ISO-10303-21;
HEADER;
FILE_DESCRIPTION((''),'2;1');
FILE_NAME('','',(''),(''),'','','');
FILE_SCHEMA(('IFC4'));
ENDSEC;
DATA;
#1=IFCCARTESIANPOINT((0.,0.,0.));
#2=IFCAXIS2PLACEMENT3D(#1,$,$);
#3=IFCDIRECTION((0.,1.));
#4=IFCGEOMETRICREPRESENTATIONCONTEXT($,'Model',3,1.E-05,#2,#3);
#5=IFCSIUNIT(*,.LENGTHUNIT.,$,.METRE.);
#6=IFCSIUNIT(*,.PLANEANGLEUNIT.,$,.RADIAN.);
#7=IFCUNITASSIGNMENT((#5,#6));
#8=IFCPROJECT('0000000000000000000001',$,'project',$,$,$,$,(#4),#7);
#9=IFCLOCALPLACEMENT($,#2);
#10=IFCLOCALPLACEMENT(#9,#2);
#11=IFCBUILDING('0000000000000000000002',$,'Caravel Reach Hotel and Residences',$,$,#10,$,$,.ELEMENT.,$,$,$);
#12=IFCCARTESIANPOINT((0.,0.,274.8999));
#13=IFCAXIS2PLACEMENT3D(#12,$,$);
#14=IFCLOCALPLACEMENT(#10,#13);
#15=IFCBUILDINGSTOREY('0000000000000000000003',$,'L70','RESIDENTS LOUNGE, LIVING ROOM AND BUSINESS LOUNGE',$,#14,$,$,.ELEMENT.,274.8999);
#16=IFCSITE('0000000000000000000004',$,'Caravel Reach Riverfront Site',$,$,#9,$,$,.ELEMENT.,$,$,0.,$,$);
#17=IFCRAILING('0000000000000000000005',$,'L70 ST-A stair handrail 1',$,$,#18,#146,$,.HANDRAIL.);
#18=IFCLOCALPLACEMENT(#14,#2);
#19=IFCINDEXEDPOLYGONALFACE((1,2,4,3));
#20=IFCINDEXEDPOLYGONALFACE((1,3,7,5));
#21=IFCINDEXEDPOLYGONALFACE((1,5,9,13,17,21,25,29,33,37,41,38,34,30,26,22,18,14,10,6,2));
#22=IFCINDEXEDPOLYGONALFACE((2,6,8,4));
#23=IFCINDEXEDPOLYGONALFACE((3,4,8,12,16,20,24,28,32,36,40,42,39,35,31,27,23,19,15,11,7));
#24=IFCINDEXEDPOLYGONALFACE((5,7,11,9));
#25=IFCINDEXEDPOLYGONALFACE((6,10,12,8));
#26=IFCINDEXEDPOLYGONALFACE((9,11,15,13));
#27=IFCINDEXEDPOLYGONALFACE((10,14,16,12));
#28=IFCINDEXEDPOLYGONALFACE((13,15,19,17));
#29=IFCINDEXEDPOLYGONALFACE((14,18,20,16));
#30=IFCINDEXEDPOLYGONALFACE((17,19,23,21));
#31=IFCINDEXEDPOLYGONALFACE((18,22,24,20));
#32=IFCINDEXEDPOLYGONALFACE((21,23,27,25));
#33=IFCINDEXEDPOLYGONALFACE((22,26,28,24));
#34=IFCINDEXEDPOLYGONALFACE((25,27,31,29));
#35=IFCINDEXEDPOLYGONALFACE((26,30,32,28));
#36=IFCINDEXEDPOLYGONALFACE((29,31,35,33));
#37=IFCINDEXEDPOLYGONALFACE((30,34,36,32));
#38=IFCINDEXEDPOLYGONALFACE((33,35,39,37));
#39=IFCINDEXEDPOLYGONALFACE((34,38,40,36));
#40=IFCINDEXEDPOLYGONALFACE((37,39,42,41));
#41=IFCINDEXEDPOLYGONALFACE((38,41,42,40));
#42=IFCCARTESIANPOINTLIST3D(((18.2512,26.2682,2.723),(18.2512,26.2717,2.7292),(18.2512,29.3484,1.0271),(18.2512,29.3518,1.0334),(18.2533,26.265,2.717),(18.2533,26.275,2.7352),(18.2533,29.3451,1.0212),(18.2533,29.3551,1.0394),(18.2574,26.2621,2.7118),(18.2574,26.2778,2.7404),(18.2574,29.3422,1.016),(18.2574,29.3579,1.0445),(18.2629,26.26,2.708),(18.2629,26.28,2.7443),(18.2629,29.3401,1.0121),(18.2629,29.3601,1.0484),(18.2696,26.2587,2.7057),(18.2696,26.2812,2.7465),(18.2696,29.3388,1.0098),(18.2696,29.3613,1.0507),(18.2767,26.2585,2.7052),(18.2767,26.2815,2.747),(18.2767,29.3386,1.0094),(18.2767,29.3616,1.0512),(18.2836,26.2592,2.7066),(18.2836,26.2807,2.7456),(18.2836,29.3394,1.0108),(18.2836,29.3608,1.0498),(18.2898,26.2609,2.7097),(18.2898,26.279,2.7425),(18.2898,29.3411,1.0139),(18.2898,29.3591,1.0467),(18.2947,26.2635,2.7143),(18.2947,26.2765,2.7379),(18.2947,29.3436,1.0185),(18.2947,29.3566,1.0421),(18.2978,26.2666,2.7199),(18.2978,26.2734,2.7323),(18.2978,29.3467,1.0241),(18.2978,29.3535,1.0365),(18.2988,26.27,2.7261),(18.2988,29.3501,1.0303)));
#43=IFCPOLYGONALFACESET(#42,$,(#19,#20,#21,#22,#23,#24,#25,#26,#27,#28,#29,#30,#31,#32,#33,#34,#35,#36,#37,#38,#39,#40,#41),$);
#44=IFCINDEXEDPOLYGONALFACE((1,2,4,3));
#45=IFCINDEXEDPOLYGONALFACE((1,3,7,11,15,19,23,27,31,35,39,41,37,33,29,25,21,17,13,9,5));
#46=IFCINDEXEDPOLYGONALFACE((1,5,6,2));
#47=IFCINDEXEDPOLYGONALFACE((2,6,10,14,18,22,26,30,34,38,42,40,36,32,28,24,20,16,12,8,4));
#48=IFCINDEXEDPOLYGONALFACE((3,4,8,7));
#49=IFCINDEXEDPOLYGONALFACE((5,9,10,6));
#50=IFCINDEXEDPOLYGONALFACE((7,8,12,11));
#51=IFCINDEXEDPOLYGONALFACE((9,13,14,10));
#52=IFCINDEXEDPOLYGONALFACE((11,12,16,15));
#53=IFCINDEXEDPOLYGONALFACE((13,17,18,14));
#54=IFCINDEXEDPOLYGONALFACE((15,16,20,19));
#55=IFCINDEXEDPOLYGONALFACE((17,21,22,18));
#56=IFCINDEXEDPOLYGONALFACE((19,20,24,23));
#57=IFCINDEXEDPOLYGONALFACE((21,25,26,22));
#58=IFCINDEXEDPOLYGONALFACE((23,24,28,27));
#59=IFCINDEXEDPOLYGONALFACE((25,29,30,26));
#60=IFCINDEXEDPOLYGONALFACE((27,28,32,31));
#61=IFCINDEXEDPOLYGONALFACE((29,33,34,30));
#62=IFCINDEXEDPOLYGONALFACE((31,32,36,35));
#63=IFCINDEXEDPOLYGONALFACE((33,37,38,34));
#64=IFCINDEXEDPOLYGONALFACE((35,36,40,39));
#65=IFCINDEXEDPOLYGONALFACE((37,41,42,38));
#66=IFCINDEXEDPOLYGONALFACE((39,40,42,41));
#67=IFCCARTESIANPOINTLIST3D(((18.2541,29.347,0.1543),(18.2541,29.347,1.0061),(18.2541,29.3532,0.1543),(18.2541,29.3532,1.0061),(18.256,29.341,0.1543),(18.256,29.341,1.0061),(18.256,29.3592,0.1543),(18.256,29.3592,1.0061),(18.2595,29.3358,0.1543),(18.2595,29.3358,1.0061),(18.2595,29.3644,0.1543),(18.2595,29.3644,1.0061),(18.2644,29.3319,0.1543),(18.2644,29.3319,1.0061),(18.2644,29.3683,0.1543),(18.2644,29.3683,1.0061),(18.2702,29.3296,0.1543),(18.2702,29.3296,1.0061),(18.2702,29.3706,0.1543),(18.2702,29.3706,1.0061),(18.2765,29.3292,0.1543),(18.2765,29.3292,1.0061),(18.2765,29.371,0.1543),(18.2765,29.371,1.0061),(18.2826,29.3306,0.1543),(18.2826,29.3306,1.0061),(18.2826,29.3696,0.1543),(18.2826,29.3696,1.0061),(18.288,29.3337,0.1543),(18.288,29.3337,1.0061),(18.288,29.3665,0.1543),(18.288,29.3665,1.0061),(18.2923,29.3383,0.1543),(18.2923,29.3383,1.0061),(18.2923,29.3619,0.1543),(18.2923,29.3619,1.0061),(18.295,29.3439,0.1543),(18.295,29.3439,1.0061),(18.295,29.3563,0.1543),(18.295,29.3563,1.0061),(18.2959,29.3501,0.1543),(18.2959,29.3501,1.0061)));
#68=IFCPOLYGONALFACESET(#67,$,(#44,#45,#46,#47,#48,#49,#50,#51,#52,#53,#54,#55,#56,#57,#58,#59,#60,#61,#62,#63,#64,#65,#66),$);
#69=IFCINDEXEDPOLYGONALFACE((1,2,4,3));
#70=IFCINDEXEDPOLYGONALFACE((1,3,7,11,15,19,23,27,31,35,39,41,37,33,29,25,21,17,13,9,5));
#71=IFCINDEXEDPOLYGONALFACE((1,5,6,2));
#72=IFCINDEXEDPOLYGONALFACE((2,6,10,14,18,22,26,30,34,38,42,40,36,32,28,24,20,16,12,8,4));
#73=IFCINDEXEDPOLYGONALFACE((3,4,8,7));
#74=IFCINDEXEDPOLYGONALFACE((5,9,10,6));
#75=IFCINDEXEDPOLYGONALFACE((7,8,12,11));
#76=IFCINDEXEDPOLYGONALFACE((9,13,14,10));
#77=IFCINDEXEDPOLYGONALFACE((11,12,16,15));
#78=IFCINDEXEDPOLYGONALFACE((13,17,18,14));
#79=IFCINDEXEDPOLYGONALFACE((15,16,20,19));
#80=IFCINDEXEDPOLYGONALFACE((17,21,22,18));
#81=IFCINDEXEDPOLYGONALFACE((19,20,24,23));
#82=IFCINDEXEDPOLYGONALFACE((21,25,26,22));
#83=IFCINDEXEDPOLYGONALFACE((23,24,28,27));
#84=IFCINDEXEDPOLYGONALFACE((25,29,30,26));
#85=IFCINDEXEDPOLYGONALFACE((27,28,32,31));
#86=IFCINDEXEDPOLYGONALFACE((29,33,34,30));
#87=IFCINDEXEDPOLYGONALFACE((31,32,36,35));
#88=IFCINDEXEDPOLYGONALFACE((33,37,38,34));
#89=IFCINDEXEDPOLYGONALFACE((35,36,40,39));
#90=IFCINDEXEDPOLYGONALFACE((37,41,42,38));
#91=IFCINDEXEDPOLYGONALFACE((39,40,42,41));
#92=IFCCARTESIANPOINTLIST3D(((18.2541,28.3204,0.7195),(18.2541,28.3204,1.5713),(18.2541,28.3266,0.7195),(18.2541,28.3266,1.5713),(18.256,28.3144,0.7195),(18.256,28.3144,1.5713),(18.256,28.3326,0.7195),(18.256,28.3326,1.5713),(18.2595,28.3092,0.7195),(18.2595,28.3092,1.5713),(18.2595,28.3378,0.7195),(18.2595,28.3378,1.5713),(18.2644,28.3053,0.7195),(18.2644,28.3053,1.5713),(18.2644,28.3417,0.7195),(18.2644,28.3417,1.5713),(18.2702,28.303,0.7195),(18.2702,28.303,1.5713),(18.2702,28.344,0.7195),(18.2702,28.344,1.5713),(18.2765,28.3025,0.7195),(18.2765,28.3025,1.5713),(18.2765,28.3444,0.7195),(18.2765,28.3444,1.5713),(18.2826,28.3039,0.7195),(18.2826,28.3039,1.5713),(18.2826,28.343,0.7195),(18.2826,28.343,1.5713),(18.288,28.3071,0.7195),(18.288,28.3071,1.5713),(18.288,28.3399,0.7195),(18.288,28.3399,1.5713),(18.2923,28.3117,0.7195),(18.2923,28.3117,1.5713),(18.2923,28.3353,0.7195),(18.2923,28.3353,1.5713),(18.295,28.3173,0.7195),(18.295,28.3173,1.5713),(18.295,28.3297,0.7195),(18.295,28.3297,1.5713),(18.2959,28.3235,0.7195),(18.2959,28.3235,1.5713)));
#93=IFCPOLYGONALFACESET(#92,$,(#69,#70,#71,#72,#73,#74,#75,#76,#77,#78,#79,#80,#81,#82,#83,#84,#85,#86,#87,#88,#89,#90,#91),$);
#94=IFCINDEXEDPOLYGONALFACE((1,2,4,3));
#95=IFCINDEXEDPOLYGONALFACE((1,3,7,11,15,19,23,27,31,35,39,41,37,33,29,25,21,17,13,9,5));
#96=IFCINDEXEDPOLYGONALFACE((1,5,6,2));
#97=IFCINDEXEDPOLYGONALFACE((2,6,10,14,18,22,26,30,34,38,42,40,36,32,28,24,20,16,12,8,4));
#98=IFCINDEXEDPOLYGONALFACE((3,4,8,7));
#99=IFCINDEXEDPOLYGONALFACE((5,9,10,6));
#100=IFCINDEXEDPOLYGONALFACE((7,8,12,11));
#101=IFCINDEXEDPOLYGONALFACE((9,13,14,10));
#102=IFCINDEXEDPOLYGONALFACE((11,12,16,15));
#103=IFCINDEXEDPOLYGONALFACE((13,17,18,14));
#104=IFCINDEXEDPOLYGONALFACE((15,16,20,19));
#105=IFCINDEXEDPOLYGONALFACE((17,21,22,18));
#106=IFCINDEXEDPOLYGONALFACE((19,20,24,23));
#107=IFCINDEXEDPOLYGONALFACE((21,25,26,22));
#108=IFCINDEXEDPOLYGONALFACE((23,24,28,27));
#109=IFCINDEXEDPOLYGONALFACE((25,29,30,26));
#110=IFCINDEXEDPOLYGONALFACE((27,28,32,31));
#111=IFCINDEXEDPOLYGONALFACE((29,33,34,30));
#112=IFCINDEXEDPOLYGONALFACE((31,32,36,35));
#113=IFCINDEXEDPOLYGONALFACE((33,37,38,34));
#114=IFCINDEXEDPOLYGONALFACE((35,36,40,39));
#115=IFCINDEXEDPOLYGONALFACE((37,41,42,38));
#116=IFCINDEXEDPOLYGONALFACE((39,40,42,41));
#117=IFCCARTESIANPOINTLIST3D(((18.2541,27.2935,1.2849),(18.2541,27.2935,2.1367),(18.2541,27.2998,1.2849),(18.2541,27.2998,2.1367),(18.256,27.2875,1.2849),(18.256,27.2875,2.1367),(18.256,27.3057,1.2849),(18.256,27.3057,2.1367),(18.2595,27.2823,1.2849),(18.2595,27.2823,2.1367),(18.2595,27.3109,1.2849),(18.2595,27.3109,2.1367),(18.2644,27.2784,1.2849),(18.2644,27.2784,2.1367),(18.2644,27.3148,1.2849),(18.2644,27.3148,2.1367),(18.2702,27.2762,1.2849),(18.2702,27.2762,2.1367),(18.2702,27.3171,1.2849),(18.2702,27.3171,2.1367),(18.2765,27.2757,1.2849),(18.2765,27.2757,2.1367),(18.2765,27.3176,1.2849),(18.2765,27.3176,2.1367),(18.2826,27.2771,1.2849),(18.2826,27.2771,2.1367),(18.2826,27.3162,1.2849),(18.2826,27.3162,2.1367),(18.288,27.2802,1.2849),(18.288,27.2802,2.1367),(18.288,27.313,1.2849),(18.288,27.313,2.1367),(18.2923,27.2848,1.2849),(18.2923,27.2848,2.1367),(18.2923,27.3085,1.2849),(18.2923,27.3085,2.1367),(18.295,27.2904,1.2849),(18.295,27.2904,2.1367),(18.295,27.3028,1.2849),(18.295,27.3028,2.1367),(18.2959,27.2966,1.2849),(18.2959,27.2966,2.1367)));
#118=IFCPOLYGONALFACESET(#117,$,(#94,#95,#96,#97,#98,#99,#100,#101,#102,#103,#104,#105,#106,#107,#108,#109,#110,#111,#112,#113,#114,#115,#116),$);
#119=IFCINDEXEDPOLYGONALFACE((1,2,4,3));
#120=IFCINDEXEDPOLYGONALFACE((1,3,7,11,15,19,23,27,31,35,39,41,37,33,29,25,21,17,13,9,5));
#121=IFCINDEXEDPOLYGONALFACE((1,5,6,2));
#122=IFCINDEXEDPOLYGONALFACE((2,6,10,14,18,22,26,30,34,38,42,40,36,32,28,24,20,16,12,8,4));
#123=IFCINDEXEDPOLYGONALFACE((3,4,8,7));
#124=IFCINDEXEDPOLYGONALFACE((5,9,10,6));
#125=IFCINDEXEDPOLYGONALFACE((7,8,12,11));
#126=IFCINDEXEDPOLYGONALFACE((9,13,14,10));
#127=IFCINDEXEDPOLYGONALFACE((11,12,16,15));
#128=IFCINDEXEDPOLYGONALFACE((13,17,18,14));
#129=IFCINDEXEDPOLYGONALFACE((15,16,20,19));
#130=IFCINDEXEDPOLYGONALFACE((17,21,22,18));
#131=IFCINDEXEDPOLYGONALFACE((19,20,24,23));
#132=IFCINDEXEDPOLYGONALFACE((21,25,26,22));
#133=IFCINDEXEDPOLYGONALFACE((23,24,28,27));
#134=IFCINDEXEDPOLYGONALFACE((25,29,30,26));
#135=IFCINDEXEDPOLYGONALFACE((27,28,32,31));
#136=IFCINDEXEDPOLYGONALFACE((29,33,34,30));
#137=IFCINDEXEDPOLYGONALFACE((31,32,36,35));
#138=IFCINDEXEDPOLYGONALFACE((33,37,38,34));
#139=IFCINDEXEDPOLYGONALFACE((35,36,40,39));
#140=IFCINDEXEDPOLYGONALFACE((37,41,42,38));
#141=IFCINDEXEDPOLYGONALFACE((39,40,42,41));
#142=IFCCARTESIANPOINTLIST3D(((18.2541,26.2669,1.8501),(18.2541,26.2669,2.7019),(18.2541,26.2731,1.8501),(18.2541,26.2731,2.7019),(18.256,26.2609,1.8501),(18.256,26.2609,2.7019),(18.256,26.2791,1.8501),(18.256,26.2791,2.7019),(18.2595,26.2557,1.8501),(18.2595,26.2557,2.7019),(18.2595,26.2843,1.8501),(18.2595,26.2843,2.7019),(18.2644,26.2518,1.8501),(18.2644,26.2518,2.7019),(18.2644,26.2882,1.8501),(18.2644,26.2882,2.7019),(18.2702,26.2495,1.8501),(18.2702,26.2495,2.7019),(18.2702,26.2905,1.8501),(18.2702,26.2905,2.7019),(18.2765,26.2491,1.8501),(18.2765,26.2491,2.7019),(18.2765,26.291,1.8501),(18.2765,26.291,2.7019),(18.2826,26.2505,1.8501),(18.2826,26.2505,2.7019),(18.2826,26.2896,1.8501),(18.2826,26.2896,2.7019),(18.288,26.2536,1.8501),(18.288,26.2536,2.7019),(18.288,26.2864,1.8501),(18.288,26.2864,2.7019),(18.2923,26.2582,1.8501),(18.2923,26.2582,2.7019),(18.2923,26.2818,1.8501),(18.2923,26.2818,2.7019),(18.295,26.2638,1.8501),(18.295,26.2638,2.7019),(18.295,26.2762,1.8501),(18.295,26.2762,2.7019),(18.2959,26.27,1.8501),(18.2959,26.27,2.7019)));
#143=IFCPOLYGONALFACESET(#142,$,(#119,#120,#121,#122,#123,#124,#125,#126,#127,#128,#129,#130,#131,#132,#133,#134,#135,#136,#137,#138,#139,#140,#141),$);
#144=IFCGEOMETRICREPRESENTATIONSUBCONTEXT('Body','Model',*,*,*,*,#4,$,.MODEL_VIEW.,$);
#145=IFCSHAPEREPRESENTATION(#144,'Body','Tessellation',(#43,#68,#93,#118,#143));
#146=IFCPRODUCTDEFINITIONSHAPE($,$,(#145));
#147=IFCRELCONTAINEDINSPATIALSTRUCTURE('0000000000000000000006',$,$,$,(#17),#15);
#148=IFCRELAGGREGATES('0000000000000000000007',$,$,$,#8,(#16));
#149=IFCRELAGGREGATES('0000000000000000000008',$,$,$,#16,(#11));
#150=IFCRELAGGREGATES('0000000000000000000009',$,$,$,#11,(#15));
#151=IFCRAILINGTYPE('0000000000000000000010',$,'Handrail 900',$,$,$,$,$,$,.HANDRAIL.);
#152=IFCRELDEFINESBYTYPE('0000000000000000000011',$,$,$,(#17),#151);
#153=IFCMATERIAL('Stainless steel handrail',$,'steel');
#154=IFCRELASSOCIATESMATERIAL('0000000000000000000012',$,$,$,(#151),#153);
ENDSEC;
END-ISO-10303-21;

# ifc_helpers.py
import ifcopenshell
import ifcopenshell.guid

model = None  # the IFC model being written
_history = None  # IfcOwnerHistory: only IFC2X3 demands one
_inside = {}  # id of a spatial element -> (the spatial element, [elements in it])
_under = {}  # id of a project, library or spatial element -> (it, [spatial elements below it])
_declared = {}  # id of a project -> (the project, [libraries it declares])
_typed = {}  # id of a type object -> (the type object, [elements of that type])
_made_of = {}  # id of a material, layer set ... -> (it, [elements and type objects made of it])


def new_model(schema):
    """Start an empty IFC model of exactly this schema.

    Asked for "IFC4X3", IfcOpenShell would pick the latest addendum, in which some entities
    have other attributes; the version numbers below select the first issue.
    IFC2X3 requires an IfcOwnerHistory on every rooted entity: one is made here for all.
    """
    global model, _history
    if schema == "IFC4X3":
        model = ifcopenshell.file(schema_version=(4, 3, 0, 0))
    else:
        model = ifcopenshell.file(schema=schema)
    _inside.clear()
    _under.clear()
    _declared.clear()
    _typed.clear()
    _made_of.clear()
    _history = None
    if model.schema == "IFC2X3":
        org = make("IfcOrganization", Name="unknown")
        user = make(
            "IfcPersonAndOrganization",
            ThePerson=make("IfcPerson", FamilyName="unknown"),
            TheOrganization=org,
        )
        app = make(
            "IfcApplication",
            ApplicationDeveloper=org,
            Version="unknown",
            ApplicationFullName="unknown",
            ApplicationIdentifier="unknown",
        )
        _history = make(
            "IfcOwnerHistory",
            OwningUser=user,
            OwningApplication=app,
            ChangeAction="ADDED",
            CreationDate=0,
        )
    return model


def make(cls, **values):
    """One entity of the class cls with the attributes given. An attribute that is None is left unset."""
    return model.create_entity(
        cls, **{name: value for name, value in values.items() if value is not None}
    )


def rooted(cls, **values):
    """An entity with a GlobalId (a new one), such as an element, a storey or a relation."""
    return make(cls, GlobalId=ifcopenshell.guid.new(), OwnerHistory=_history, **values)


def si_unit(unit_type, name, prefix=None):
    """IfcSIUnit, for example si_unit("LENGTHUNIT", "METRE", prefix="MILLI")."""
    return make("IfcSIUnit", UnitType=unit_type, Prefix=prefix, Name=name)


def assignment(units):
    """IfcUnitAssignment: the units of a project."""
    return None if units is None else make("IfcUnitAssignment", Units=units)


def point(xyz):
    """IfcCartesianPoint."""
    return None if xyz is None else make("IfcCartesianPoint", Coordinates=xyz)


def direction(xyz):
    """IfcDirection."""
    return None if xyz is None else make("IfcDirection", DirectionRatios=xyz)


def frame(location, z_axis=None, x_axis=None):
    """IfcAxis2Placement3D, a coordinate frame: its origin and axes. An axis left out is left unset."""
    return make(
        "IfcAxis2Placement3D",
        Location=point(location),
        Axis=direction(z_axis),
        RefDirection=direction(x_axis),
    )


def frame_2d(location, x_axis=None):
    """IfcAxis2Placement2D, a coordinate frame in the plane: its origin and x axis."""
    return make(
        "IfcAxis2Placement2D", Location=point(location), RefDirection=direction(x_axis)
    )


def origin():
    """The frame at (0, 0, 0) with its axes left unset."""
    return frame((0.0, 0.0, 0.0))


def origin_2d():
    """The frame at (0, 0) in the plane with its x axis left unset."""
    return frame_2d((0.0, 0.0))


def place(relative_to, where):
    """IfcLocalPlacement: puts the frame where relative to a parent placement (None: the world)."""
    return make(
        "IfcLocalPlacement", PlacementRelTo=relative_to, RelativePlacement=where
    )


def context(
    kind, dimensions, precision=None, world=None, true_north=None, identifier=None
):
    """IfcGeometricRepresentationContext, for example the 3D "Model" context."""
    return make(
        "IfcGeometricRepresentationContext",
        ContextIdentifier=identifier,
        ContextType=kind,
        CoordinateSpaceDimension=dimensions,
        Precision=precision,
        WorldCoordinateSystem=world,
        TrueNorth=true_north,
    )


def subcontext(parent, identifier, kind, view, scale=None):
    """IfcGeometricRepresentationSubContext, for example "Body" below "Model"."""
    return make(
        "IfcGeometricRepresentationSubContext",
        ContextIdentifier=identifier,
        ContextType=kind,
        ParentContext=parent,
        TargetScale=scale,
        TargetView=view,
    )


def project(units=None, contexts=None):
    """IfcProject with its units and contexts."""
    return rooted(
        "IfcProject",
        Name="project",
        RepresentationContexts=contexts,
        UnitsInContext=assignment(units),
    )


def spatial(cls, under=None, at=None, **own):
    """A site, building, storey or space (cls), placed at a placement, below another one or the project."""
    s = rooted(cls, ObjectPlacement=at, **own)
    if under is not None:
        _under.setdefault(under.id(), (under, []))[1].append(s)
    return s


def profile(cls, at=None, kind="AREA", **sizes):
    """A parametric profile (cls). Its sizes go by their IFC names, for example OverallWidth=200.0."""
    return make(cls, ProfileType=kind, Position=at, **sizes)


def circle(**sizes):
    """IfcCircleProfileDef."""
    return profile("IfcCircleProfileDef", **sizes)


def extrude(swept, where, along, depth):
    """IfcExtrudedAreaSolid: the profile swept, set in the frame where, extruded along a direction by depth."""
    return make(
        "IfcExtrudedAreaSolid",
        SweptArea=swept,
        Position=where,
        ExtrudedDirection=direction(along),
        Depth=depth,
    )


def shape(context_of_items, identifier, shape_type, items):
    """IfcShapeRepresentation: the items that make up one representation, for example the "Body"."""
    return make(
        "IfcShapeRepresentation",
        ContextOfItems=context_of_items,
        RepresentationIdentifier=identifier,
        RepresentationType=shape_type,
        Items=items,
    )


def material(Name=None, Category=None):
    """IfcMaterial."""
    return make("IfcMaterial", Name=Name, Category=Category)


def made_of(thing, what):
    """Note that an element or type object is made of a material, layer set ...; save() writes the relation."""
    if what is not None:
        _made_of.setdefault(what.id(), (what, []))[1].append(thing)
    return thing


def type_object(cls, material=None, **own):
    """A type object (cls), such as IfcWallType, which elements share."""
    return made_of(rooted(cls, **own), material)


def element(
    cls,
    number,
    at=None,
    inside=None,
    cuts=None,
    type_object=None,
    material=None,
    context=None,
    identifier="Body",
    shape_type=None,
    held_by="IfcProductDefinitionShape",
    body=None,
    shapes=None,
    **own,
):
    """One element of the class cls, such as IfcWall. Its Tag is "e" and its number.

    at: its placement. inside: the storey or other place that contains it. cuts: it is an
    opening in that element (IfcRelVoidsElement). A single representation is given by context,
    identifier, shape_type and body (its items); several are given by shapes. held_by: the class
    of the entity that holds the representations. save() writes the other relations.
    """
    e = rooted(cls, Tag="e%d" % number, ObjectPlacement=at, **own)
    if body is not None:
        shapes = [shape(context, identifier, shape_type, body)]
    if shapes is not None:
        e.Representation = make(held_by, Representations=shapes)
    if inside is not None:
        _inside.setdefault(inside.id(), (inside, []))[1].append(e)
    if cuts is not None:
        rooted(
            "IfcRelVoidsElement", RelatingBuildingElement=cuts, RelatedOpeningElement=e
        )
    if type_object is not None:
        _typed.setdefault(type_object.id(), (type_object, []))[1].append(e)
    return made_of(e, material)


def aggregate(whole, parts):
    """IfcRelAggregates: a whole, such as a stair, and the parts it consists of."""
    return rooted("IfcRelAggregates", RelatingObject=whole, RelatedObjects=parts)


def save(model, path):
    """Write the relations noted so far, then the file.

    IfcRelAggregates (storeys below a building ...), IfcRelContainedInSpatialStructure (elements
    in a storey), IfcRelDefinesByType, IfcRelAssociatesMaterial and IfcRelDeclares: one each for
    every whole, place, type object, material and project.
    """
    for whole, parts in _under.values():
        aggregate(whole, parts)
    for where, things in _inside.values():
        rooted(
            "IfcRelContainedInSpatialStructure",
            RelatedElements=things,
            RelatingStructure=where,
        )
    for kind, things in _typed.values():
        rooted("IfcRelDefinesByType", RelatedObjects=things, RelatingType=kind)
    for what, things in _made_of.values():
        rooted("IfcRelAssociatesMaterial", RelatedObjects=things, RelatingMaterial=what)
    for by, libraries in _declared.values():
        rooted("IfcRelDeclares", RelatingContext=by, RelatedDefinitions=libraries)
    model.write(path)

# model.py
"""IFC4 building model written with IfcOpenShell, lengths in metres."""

from ifc_helpers import new_model, si_unit, direction, frame, origin, origin_2d, place, context, subcontext, project, spatial, circle, extrude, material, type_object, element, save


model = new_model("IFC4")

# Units and contexts
model_context = context("Model", 3, precision=1e-05, world=origin(), true_north=direction((0.0, 1.0)))
body_context = subcontext(model_context, "Body", "Model", "MODEL_VIEW")
ifc_project = project(units=[si_unit("LENGTHUNIT", "METRE"), si_unit("PLANEANGLEUNIT", "RADIAN")], contexts=[model_context])

# Site, building, storey
site_placement = place(None, origin())
site = spatial("IfcSite", under=ifc_project, at=site_placement, Name="Caravel Reach Riverfront Site", CompositionType="ELEMENT", RefElevation=0.0)
building_placement = place(site_placement, origin())
building = spatial("IfcBuilding", under=site, at=building_placement, Name="Caravel Reach Hotel and Residences", CompositionType="ELEMENT")
storey_placement = place(building_placement, frame((0.0, 0.0, 274.8999)))
storey = spatial("IfcBuildingStorey", under=building, at=storey_placement, Name="L70", Description="RESIDENTS LOUNGE, LIVING ROOM AND BUSINESS LOUNGE", CompositionType="ELEMENT", Elevation=274.8999)

# Railing
ifc_material_1 = material(Name="Stainless steel handrail", Category="steel")
railing_type_1 = type_object("IfcRailingType", Name="Handrail 900", PredefinedType="HANDRAIL", material=ifc_material_1)
railing_1_placement = place(storey_placement, frame((18.2749, 29.3501, 0.1543)))
element("IfcRailing", 1, at=railing_1_placement, inside=storey, type_object=railing_type_1, Name="L70 ST-A stair handrail 1", PredefinedType="HANDRAIL", context=body_context, shape_type="SweptSolid", body=[
    extrude(circle(Radius=0.0239, at=origin_2d()), frame((0.0, 0.0, 0.876), z_axis=(0.0, -0.876005, 0.482303), x_axis=(1.0, 0.0, 0.0)), (0.0, 0.0, 1.0), 3.5161),
    extrude(circle(Radius=0.021, at=origin_2d()), origin(), (0.0, 0.0, 1.0), 0.8518),
    extrude(circle(Radius=0.021, at=origin_2d()), frame((0.0, -1.0266, 0.5652)), (0.0, 0.0, 1.0), 0.8518),
    extrude(circle(Radius=0.021, at=origin_2d()), frame((0.0, -2.0535, 1.1306)), (0.0, 0.0, 1.0), 0.8518),
    extrude(circle(Radius=0.021, at=origin_2d()), frame((0.0, -3.0801, 1.6958)), (0.0, 0.0, 1.0), 0.8518),
])

save(model, "model.ifc")
